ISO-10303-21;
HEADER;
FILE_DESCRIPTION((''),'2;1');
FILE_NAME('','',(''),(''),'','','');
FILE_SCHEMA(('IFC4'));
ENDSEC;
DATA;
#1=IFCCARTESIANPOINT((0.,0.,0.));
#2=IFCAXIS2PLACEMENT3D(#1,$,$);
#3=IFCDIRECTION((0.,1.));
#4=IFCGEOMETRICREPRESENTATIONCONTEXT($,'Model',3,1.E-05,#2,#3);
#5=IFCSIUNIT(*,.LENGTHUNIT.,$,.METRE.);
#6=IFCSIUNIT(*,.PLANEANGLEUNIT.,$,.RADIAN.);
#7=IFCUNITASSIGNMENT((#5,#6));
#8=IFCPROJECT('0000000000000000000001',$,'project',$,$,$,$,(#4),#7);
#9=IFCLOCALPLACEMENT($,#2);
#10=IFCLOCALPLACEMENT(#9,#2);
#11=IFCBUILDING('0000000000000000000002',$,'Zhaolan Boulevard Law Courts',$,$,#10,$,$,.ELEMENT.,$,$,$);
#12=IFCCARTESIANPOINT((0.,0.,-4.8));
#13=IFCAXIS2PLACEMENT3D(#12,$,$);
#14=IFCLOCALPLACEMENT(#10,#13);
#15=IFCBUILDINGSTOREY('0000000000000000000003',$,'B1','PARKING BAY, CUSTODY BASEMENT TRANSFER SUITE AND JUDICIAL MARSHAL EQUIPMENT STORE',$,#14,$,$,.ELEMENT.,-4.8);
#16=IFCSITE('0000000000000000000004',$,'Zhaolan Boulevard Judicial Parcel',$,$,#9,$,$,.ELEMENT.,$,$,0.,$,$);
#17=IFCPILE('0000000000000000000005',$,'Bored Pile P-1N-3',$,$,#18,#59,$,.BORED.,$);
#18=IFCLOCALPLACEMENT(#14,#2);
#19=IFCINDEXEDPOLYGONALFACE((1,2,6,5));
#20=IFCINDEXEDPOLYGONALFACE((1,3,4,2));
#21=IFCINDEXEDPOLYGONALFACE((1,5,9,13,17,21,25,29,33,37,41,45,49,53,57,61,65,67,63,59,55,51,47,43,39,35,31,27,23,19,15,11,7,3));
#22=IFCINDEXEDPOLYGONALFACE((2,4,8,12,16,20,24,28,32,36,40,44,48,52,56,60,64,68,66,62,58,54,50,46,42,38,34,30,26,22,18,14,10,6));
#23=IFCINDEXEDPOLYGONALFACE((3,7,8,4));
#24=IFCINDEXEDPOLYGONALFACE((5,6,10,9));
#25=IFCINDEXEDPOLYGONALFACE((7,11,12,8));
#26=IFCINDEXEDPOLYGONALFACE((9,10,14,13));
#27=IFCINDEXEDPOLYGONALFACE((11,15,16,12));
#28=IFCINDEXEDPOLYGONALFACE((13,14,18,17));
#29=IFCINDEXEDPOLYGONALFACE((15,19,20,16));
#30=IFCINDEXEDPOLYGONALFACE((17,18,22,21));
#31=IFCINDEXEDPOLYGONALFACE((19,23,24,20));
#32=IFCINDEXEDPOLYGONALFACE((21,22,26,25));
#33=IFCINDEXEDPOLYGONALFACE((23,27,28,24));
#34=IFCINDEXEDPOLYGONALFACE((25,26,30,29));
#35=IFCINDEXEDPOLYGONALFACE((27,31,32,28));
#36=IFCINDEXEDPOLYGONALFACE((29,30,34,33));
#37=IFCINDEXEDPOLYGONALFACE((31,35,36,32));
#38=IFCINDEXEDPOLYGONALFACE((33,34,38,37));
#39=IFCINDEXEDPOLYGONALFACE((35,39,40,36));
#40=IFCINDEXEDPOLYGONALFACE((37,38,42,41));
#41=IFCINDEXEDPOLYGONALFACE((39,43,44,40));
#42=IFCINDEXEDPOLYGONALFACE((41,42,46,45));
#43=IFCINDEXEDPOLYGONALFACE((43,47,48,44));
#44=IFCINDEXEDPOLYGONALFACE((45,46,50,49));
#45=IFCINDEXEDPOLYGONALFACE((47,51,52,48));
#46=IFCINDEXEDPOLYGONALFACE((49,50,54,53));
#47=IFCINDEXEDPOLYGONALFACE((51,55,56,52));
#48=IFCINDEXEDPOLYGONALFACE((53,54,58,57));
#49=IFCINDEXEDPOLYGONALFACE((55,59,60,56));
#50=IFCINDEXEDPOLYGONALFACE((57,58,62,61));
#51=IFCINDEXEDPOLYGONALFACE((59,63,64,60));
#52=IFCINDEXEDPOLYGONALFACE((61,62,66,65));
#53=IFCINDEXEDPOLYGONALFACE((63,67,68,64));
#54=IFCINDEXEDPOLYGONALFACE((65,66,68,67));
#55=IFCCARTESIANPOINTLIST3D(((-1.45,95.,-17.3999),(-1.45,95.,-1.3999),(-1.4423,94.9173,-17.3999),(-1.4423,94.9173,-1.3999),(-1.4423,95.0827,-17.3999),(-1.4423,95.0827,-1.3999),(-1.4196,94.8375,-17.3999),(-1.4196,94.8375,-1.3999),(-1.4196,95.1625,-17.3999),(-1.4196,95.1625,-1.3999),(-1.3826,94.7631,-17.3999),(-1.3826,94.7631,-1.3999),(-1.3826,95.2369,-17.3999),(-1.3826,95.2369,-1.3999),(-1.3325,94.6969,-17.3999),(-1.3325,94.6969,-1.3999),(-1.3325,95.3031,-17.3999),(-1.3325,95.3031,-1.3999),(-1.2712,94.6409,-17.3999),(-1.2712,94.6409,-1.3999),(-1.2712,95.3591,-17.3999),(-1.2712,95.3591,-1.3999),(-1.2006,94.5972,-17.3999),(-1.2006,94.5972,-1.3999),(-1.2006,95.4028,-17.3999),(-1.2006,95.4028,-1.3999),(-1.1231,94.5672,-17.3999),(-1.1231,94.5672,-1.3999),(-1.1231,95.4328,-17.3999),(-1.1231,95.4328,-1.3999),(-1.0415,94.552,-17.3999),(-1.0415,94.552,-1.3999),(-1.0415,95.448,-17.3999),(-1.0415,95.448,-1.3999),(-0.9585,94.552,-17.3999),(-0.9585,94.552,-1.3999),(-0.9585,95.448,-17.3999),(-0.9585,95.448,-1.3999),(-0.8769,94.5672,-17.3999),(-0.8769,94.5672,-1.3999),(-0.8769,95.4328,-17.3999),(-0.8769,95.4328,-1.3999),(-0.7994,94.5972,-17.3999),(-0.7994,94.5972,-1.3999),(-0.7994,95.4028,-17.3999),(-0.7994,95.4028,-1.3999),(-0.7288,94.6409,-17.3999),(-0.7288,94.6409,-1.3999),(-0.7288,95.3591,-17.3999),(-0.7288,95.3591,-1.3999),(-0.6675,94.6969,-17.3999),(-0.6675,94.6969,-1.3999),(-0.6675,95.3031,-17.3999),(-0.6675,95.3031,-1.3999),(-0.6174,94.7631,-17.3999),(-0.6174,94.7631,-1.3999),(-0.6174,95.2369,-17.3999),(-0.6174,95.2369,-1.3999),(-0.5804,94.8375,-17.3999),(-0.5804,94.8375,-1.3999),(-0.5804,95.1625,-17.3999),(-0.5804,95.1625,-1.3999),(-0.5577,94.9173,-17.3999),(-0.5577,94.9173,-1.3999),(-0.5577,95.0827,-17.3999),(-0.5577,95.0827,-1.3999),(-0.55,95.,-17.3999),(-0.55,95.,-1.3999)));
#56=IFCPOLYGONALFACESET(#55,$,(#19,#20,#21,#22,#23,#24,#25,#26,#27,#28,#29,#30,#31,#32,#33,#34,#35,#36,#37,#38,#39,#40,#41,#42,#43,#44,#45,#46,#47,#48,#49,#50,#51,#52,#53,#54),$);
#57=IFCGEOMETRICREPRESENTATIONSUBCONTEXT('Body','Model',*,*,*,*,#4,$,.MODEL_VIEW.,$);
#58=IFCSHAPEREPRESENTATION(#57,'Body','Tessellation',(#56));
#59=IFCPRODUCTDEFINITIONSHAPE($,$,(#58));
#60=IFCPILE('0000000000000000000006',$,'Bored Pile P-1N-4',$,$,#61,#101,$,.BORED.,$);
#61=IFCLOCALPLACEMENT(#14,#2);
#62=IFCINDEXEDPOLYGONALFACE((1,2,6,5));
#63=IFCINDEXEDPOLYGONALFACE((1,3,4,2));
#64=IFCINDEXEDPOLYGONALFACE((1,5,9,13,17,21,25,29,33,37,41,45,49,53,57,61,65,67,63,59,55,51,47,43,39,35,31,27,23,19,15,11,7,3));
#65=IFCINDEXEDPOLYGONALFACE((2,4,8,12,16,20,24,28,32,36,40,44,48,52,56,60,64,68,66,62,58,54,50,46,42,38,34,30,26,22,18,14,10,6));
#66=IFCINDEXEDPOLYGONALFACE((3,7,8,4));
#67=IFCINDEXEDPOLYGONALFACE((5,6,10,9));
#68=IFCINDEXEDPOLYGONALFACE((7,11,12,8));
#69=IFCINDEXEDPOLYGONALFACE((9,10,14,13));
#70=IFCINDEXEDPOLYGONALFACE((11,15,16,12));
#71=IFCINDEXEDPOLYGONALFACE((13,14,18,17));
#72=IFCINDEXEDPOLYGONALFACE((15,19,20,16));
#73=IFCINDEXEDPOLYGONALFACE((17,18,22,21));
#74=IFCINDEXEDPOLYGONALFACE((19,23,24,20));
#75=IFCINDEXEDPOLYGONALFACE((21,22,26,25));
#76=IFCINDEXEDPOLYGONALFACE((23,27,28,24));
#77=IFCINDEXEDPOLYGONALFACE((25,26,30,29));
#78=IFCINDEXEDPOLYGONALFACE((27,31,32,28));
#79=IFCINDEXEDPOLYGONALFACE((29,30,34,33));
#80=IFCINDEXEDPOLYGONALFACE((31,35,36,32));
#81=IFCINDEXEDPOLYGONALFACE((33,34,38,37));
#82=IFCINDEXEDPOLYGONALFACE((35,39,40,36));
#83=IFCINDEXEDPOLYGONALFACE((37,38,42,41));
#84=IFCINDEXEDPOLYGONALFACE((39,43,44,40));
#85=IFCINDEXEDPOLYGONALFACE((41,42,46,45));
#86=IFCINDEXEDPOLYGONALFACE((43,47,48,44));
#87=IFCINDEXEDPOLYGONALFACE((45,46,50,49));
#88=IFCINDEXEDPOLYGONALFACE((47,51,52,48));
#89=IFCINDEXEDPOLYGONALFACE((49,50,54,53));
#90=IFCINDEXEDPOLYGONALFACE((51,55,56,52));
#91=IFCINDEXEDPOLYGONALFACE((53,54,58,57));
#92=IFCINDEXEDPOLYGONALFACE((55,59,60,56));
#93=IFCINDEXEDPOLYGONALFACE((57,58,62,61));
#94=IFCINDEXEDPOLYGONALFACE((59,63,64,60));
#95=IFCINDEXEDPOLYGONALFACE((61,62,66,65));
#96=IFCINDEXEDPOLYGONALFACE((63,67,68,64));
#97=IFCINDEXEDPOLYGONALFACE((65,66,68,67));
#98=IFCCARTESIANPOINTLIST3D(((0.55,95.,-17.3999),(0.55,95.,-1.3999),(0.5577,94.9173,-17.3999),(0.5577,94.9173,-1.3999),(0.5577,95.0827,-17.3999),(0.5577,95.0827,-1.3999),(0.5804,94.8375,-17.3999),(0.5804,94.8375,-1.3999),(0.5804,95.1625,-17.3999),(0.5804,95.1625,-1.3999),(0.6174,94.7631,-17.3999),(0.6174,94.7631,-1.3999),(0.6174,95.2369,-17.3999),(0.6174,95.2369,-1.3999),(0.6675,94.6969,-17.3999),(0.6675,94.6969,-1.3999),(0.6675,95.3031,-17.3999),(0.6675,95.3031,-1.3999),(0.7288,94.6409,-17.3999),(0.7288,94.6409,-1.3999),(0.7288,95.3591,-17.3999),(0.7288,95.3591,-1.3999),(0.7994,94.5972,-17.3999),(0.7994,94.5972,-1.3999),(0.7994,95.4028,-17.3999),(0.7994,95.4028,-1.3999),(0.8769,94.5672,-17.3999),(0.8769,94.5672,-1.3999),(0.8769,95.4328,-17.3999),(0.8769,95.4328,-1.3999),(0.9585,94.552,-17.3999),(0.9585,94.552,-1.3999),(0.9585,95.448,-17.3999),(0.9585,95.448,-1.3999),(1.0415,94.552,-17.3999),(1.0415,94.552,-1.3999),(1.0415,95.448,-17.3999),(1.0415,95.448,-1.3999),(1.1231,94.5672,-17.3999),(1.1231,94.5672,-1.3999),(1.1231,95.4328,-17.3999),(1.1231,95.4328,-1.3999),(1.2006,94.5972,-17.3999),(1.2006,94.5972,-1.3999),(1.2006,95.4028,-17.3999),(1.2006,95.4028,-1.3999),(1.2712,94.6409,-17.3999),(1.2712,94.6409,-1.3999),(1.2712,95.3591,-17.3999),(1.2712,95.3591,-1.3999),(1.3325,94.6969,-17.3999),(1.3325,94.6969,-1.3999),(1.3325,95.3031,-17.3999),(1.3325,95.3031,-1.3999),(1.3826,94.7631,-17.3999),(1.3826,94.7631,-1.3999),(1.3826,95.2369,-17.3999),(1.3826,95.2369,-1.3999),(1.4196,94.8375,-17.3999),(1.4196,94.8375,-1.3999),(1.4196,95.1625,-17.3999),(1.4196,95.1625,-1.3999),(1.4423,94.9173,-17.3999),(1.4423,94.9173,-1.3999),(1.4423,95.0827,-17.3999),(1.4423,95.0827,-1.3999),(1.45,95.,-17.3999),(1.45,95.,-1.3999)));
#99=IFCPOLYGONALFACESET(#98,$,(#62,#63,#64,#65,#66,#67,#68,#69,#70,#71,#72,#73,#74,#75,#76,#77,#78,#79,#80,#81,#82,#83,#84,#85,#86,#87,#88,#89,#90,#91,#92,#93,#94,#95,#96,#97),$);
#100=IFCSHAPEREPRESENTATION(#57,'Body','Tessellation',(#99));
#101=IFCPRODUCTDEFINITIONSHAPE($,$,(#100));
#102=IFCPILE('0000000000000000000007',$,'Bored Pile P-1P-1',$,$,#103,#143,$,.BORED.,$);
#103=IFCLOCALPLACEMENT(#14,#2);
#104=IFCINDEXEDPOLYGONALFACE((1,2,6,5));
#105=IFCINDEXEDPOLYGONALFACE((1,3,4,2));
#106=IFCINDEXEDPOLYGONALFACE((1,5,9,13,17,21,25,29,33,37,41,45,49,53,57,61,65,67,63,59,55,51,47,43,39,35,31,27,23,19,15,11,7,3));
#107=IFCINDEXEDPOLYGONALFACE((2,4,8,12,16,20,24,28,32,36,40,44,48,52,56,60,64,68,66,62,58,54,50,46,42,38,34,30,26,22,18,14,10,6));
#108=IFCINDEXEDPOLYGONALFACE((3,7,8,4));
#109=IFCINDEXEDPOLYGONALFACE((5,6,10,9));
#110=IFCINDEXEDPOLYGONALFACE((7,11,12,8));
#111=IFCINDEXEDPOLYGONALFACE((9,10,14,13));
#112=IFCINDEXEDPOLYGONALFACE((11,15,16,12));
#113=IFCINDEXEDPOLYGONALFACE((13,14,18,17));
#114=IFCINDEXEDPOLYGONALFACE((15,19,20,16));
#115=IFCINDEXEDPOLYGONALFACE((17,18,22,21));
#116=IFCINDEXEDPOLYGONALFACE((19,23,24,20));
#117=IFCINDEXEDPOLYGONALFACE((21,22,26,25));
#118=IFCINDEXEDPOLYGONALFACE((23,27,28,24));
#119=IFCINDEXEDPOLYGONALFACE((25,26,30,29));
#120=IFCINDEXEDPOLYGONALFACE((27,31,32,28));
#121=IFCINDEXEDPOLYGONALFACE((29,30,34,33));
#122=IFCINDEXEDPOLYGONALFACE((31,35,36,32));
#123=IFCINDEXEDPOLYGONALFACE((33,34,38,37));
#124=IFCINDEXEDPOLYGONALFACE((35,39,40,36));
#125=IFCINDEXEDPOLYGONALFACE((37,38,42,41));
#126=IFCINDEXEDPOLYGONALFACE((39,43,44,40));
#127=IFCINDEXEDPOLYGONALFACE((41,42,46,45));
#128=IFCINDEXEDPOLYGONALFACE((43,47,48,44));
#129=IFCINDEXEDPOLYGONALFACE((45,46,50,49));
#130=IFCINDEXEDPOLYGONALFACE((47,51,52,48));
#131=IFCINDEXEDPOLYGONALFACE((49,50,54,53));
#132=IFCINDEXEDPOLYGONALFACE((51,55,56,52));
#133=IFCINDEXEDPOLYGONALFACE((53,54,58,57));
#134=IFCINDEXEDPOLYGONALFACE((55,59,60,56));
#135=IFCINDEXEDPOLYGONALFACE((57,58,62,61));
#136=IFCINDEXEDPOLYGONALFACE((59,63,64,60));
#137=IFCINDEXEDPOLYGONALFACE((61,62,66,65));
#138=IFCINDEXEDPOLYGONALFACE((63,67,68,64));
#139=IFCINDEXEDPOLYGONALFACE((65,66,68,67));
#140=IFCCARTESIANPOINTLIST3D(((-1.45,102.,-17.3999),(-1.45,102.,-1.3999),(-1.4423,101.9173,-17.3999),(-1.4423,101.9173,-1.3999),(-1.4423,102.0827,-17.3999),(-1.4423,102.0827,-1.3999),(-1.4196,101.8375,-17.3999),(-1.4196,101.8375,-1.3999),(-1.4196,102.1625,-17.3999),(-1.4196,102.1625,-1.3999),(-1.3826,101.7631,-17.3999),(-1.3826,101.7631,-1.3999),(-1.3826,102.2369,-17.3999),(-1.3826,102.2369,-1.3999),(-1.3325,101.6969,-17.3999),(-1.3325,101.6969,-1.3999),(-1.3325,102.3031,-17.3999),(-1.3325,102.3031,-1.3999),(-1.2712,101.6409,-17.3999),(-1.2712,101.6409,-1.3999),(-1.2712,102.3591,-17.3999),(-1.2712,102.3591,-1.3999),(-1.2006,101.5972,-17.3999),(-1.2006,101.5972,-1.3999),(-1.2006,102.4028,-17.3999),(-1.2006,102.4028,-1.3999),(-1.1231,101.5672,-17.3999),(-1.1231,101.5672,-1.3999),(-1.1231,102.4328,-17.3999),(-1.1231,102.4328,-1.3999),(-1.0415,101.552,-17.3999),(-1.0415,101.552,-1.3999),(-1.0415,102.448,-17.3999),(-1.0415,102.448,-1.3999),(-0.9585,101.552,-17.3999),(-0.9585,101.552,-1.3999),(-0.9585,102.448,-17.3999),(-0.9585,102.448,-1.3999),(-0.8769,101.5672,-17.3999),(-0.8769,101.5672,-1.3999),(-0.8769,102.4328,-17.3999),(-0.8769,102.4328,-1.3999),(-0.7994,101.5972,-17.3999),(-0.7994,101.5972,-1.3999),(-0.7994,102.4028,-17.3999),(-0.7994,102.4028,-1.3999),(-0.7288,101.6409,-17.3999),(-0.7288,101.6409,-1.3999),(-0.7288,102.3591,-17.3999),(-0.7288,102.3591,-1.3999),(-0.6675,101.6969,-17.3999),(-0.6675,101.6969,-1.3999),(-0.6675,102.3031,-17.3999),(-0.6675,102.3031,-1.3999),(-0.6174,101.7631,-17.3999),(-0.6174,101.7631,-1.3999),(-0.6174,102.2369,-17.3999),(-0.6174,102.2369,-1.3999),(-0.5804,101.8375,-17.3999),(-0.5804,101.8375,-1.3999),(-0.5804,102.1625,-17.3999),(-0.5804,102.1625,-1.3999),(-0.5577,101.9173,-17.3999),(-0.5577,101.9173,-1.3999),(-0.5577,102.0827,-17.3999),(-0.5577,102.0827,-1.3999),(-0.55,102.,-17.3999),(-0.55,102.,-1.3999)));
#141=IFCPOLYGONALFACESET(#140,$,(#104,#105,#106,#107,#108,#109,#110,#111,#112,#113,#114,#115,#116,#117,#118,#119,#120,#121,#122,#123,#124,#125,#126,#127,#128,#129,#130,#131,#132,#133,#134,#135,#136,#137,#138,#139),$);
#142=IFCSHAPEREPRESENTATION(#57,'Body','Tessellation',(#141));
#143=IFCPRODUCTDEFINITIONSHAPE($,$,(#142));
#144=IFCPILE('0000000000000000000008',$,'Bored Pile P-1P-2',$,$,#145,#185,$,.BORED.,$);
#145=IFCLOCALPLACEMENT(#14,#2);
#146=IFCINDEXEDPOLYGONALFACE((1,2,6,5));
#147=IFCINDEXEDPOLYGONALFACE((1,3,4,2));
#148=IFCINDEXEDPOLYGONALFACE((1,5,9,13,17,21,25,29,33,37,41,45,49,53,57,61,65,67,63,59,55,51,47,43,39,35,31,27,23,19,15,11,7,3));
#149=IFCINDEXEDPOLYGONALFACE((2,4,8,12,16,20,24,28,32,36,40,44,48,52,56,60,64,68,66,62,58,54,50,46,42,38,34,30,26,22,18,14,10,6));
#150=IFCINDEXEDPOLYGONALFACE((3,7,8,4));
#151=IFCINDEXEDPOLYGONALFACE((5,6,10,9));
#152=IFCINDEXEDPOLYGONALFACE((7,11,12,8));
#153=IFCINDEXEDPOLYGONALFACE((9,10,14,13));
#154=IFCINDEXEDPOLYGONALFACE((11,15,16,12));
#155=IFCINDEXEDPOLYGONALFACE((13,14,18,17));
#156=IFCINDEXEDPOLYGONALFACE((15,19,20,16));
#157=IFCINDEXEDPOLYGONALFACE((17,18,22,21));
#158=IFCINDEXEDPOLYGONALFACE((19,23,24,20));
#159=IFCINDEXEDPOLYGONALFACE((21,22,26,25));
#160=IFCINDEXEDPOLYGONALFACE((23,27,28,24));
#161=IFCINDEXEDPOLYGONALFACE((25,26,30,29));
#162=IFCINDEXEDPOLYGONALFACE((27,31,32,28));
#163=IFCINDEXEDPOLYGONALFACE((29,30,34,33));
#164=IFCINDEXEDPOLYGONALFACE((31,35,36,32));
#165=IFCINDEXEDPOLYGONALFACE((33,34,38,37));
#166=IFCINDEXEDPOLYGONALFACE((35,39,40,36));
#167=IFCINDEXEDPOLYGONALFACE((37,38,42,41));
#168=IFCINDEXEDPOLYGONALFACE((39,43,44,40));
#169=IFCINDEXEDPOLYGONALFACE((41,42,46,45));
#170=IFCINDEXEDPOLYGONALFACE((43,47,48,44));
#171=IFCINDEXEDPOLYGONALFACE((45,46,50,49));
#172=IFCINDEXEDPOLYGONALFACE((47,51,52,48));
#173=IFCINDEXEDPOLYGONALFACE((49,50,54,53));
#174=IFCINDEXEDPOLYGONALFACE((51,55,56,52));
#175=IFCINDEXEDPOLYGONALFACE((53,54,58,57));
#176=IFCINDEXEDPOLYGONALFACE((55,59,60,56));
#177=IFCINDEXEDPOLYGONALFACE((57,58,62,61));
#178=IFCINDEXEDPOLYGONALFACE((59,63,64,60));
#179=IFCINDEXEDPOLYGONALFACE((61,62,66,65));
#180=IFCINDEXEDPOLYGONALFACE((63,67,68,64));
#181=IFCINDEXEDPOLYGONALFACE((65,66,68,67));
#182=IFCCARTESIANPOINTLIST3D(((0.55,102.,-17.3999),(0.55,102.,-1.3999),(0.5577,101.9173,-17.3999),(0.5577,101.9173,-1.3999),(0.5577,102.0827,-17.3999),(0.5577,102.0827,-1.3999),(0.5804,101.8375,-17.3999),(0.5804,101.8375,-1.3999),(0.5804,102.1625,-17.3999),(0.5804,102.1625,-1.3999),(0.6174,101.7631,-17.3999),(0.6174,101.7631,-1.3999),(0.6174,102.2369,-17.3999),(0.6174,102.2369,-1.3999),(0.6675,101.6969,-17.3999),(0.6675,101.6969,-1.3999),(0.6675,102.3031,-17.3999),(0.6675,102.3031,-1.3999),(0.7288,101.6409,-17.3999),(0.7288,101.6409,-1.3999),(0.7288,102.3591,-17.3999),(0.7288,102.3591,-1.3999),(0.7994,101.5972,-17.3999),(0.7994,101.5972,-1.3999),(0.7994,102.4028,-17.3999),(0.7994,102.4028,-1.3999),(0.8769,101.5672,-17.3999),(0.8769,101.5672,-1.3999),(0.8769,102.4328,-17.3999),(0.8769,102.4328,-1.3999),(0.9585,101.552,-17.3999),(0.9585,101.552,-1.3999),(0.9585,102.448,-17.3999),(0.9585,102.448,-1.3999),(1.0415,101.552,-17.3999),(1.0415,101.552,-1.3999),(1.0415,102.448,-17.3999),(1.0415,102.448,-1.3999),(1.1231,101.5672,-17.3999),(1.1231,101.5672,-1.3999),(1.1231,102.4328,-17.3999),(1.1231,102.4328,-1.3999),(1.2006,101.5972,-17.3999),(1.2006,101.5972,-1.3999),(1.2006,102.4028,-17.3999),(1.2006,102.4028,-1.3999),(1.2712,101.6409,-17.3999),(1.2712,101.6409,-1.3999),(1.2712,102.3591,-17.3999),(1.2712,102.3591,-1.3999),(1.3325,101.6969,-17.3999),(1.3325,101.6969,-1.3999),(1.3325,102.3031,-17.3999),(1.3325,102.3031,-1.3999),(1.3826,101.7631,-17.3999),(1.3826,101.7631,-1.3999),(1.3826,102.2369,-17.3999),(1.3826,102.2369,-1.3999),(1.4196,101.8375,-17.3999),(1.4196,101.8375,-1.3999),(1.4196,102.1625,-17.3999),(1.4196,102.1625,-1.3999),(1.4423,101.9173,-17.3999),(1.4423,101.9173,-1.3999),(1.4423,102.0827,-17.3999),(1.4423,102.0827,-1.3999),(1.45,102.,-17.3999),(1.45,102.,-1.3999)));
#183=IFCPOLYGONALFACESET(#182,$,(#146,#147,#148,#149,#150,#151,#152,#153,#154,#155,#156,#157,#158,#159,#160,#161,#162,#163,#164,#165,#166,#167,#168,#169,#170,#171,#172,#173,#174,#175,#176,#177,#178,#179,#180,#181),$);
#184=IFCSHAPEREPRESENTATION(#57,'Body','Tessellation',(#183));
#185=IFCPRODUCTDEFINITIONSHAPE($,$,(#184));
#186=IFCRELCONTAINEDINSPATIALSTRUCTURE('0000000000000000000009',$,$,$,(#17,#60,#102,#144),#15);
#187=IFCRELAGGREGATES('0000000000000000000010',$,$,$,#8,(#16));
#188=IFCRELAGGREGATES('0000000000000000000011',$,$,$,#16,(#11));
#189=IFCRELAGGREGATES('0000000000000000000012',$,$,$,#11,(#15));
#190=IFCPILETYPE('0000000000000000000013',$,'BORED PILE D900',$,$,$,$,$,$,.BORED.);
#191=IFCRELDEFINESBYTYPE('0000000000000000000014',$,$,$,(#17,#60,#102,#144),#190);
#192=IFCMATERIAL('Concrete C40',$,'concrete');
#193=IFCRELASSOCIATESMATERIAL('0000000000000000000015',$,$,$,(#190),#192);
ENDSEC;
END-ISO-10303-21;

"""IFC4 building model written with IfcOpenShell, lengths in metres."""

from ifc_helpers import new_model, si_unit, direction, frame, origin, origin_2d, place, context, subcontext, project, spatial, circle, extrude, material, material_profile, profile_set, type_object, element, save


model = new_model("IFC4")

# Units and contexts
model_context = context("Model", 3, precision=1e-05, world=origin(), true_north=direction((0.0, 1.0)))
body_context = subcontext(model_context, "Body", "Model", "MODEL_VIEW")
ifc_project = project(units=[si_unit("LENGTHUNIT", "METRE"), si_unit("PLANEANGLEUNIT", "RADIAN")], contexts=[model_context])

# Site, building, storey
site_placement = place(None, origin())
site = spatial("IfcSite", under=ifc_project, at=site_placement, Name="Zhaolan Boulevard Judicial Parcel", CompositionType="ELEMENT", RefElevation=0.0)
building_placement = place(site_placement, origin())
building = spatial("IfcBuilding", under=site, at=building_placement, Name="Zhaolan Boulevard Law Courts", CompositionType="ELEMENT")
storey_placement = place(building_placement, frame((0.0, 0.0, -4.8)))
storey = spatial("IfcBuildingStorey", under=building, at=storey_placement, Name="B1", Description="PARKING BAY, CUSTODY BASEMENT TRANSFER SUITE AND JUDICIAL MARSHAL EQUIPMENT STORE", CompositionType="ELEMENT", Elevation=-4.8)

# Piles
ifc_material_1 = material(Name="Concrete C40", Category="concrete")
ifc_material_profile_1 = material_profile(ifc_material_1, circle(Radius=0.45, at=origin_2d()), Name="PILE-D900")
ifc_profile_set_1 = profile_set([ifc_material_profile_1], Name="Concrete C40")
pile_type = type_object("IfcPileType", Name="BORED PILE D900", PredefinedType="BORED", material=ifc_profile_set_1)
for number, where, z_axis, x_axis, name in (
    (1, (-1.0, 95.0, -1.3999), (0.0, 0.0, -1.0), (1.0, 0.0, 0.0), "Bored Pile P-1N-3"),
    (2, (1.0, 95.0, -1.3999), (0.0, 0.0, -1.0), (1.0, 0.0, 0.0), "Bored Pile P-1N-4"),
    (3, (-1.0, 102.0, -1.3999), (0.0, 0.0, -1.0), (1.0, 0.0, 0.0), "Bored Pile P-1P-1"),
    (4, (1.0, 102.0, -1.3999), (0.0, 0.0, -1.0), (1.0, 0.0, 0.0), "Bored Pile P-1P-2"),
):
    element("IfcPile", number, at=place(storey_placement, frame(where, z_axis=z_axis, x_axis=x_axis)), inside=storey, type_object=pile_type, Name=name, PredefinedType="BORED", context=body_context, shape_type="SweptSolid", body=[
        extrude(circle(Radius=0.45, at=origin_2d()), origin(), (0.0, 0.0, 1.0), 16.0),
    ])

save(model, "model.ifc")
